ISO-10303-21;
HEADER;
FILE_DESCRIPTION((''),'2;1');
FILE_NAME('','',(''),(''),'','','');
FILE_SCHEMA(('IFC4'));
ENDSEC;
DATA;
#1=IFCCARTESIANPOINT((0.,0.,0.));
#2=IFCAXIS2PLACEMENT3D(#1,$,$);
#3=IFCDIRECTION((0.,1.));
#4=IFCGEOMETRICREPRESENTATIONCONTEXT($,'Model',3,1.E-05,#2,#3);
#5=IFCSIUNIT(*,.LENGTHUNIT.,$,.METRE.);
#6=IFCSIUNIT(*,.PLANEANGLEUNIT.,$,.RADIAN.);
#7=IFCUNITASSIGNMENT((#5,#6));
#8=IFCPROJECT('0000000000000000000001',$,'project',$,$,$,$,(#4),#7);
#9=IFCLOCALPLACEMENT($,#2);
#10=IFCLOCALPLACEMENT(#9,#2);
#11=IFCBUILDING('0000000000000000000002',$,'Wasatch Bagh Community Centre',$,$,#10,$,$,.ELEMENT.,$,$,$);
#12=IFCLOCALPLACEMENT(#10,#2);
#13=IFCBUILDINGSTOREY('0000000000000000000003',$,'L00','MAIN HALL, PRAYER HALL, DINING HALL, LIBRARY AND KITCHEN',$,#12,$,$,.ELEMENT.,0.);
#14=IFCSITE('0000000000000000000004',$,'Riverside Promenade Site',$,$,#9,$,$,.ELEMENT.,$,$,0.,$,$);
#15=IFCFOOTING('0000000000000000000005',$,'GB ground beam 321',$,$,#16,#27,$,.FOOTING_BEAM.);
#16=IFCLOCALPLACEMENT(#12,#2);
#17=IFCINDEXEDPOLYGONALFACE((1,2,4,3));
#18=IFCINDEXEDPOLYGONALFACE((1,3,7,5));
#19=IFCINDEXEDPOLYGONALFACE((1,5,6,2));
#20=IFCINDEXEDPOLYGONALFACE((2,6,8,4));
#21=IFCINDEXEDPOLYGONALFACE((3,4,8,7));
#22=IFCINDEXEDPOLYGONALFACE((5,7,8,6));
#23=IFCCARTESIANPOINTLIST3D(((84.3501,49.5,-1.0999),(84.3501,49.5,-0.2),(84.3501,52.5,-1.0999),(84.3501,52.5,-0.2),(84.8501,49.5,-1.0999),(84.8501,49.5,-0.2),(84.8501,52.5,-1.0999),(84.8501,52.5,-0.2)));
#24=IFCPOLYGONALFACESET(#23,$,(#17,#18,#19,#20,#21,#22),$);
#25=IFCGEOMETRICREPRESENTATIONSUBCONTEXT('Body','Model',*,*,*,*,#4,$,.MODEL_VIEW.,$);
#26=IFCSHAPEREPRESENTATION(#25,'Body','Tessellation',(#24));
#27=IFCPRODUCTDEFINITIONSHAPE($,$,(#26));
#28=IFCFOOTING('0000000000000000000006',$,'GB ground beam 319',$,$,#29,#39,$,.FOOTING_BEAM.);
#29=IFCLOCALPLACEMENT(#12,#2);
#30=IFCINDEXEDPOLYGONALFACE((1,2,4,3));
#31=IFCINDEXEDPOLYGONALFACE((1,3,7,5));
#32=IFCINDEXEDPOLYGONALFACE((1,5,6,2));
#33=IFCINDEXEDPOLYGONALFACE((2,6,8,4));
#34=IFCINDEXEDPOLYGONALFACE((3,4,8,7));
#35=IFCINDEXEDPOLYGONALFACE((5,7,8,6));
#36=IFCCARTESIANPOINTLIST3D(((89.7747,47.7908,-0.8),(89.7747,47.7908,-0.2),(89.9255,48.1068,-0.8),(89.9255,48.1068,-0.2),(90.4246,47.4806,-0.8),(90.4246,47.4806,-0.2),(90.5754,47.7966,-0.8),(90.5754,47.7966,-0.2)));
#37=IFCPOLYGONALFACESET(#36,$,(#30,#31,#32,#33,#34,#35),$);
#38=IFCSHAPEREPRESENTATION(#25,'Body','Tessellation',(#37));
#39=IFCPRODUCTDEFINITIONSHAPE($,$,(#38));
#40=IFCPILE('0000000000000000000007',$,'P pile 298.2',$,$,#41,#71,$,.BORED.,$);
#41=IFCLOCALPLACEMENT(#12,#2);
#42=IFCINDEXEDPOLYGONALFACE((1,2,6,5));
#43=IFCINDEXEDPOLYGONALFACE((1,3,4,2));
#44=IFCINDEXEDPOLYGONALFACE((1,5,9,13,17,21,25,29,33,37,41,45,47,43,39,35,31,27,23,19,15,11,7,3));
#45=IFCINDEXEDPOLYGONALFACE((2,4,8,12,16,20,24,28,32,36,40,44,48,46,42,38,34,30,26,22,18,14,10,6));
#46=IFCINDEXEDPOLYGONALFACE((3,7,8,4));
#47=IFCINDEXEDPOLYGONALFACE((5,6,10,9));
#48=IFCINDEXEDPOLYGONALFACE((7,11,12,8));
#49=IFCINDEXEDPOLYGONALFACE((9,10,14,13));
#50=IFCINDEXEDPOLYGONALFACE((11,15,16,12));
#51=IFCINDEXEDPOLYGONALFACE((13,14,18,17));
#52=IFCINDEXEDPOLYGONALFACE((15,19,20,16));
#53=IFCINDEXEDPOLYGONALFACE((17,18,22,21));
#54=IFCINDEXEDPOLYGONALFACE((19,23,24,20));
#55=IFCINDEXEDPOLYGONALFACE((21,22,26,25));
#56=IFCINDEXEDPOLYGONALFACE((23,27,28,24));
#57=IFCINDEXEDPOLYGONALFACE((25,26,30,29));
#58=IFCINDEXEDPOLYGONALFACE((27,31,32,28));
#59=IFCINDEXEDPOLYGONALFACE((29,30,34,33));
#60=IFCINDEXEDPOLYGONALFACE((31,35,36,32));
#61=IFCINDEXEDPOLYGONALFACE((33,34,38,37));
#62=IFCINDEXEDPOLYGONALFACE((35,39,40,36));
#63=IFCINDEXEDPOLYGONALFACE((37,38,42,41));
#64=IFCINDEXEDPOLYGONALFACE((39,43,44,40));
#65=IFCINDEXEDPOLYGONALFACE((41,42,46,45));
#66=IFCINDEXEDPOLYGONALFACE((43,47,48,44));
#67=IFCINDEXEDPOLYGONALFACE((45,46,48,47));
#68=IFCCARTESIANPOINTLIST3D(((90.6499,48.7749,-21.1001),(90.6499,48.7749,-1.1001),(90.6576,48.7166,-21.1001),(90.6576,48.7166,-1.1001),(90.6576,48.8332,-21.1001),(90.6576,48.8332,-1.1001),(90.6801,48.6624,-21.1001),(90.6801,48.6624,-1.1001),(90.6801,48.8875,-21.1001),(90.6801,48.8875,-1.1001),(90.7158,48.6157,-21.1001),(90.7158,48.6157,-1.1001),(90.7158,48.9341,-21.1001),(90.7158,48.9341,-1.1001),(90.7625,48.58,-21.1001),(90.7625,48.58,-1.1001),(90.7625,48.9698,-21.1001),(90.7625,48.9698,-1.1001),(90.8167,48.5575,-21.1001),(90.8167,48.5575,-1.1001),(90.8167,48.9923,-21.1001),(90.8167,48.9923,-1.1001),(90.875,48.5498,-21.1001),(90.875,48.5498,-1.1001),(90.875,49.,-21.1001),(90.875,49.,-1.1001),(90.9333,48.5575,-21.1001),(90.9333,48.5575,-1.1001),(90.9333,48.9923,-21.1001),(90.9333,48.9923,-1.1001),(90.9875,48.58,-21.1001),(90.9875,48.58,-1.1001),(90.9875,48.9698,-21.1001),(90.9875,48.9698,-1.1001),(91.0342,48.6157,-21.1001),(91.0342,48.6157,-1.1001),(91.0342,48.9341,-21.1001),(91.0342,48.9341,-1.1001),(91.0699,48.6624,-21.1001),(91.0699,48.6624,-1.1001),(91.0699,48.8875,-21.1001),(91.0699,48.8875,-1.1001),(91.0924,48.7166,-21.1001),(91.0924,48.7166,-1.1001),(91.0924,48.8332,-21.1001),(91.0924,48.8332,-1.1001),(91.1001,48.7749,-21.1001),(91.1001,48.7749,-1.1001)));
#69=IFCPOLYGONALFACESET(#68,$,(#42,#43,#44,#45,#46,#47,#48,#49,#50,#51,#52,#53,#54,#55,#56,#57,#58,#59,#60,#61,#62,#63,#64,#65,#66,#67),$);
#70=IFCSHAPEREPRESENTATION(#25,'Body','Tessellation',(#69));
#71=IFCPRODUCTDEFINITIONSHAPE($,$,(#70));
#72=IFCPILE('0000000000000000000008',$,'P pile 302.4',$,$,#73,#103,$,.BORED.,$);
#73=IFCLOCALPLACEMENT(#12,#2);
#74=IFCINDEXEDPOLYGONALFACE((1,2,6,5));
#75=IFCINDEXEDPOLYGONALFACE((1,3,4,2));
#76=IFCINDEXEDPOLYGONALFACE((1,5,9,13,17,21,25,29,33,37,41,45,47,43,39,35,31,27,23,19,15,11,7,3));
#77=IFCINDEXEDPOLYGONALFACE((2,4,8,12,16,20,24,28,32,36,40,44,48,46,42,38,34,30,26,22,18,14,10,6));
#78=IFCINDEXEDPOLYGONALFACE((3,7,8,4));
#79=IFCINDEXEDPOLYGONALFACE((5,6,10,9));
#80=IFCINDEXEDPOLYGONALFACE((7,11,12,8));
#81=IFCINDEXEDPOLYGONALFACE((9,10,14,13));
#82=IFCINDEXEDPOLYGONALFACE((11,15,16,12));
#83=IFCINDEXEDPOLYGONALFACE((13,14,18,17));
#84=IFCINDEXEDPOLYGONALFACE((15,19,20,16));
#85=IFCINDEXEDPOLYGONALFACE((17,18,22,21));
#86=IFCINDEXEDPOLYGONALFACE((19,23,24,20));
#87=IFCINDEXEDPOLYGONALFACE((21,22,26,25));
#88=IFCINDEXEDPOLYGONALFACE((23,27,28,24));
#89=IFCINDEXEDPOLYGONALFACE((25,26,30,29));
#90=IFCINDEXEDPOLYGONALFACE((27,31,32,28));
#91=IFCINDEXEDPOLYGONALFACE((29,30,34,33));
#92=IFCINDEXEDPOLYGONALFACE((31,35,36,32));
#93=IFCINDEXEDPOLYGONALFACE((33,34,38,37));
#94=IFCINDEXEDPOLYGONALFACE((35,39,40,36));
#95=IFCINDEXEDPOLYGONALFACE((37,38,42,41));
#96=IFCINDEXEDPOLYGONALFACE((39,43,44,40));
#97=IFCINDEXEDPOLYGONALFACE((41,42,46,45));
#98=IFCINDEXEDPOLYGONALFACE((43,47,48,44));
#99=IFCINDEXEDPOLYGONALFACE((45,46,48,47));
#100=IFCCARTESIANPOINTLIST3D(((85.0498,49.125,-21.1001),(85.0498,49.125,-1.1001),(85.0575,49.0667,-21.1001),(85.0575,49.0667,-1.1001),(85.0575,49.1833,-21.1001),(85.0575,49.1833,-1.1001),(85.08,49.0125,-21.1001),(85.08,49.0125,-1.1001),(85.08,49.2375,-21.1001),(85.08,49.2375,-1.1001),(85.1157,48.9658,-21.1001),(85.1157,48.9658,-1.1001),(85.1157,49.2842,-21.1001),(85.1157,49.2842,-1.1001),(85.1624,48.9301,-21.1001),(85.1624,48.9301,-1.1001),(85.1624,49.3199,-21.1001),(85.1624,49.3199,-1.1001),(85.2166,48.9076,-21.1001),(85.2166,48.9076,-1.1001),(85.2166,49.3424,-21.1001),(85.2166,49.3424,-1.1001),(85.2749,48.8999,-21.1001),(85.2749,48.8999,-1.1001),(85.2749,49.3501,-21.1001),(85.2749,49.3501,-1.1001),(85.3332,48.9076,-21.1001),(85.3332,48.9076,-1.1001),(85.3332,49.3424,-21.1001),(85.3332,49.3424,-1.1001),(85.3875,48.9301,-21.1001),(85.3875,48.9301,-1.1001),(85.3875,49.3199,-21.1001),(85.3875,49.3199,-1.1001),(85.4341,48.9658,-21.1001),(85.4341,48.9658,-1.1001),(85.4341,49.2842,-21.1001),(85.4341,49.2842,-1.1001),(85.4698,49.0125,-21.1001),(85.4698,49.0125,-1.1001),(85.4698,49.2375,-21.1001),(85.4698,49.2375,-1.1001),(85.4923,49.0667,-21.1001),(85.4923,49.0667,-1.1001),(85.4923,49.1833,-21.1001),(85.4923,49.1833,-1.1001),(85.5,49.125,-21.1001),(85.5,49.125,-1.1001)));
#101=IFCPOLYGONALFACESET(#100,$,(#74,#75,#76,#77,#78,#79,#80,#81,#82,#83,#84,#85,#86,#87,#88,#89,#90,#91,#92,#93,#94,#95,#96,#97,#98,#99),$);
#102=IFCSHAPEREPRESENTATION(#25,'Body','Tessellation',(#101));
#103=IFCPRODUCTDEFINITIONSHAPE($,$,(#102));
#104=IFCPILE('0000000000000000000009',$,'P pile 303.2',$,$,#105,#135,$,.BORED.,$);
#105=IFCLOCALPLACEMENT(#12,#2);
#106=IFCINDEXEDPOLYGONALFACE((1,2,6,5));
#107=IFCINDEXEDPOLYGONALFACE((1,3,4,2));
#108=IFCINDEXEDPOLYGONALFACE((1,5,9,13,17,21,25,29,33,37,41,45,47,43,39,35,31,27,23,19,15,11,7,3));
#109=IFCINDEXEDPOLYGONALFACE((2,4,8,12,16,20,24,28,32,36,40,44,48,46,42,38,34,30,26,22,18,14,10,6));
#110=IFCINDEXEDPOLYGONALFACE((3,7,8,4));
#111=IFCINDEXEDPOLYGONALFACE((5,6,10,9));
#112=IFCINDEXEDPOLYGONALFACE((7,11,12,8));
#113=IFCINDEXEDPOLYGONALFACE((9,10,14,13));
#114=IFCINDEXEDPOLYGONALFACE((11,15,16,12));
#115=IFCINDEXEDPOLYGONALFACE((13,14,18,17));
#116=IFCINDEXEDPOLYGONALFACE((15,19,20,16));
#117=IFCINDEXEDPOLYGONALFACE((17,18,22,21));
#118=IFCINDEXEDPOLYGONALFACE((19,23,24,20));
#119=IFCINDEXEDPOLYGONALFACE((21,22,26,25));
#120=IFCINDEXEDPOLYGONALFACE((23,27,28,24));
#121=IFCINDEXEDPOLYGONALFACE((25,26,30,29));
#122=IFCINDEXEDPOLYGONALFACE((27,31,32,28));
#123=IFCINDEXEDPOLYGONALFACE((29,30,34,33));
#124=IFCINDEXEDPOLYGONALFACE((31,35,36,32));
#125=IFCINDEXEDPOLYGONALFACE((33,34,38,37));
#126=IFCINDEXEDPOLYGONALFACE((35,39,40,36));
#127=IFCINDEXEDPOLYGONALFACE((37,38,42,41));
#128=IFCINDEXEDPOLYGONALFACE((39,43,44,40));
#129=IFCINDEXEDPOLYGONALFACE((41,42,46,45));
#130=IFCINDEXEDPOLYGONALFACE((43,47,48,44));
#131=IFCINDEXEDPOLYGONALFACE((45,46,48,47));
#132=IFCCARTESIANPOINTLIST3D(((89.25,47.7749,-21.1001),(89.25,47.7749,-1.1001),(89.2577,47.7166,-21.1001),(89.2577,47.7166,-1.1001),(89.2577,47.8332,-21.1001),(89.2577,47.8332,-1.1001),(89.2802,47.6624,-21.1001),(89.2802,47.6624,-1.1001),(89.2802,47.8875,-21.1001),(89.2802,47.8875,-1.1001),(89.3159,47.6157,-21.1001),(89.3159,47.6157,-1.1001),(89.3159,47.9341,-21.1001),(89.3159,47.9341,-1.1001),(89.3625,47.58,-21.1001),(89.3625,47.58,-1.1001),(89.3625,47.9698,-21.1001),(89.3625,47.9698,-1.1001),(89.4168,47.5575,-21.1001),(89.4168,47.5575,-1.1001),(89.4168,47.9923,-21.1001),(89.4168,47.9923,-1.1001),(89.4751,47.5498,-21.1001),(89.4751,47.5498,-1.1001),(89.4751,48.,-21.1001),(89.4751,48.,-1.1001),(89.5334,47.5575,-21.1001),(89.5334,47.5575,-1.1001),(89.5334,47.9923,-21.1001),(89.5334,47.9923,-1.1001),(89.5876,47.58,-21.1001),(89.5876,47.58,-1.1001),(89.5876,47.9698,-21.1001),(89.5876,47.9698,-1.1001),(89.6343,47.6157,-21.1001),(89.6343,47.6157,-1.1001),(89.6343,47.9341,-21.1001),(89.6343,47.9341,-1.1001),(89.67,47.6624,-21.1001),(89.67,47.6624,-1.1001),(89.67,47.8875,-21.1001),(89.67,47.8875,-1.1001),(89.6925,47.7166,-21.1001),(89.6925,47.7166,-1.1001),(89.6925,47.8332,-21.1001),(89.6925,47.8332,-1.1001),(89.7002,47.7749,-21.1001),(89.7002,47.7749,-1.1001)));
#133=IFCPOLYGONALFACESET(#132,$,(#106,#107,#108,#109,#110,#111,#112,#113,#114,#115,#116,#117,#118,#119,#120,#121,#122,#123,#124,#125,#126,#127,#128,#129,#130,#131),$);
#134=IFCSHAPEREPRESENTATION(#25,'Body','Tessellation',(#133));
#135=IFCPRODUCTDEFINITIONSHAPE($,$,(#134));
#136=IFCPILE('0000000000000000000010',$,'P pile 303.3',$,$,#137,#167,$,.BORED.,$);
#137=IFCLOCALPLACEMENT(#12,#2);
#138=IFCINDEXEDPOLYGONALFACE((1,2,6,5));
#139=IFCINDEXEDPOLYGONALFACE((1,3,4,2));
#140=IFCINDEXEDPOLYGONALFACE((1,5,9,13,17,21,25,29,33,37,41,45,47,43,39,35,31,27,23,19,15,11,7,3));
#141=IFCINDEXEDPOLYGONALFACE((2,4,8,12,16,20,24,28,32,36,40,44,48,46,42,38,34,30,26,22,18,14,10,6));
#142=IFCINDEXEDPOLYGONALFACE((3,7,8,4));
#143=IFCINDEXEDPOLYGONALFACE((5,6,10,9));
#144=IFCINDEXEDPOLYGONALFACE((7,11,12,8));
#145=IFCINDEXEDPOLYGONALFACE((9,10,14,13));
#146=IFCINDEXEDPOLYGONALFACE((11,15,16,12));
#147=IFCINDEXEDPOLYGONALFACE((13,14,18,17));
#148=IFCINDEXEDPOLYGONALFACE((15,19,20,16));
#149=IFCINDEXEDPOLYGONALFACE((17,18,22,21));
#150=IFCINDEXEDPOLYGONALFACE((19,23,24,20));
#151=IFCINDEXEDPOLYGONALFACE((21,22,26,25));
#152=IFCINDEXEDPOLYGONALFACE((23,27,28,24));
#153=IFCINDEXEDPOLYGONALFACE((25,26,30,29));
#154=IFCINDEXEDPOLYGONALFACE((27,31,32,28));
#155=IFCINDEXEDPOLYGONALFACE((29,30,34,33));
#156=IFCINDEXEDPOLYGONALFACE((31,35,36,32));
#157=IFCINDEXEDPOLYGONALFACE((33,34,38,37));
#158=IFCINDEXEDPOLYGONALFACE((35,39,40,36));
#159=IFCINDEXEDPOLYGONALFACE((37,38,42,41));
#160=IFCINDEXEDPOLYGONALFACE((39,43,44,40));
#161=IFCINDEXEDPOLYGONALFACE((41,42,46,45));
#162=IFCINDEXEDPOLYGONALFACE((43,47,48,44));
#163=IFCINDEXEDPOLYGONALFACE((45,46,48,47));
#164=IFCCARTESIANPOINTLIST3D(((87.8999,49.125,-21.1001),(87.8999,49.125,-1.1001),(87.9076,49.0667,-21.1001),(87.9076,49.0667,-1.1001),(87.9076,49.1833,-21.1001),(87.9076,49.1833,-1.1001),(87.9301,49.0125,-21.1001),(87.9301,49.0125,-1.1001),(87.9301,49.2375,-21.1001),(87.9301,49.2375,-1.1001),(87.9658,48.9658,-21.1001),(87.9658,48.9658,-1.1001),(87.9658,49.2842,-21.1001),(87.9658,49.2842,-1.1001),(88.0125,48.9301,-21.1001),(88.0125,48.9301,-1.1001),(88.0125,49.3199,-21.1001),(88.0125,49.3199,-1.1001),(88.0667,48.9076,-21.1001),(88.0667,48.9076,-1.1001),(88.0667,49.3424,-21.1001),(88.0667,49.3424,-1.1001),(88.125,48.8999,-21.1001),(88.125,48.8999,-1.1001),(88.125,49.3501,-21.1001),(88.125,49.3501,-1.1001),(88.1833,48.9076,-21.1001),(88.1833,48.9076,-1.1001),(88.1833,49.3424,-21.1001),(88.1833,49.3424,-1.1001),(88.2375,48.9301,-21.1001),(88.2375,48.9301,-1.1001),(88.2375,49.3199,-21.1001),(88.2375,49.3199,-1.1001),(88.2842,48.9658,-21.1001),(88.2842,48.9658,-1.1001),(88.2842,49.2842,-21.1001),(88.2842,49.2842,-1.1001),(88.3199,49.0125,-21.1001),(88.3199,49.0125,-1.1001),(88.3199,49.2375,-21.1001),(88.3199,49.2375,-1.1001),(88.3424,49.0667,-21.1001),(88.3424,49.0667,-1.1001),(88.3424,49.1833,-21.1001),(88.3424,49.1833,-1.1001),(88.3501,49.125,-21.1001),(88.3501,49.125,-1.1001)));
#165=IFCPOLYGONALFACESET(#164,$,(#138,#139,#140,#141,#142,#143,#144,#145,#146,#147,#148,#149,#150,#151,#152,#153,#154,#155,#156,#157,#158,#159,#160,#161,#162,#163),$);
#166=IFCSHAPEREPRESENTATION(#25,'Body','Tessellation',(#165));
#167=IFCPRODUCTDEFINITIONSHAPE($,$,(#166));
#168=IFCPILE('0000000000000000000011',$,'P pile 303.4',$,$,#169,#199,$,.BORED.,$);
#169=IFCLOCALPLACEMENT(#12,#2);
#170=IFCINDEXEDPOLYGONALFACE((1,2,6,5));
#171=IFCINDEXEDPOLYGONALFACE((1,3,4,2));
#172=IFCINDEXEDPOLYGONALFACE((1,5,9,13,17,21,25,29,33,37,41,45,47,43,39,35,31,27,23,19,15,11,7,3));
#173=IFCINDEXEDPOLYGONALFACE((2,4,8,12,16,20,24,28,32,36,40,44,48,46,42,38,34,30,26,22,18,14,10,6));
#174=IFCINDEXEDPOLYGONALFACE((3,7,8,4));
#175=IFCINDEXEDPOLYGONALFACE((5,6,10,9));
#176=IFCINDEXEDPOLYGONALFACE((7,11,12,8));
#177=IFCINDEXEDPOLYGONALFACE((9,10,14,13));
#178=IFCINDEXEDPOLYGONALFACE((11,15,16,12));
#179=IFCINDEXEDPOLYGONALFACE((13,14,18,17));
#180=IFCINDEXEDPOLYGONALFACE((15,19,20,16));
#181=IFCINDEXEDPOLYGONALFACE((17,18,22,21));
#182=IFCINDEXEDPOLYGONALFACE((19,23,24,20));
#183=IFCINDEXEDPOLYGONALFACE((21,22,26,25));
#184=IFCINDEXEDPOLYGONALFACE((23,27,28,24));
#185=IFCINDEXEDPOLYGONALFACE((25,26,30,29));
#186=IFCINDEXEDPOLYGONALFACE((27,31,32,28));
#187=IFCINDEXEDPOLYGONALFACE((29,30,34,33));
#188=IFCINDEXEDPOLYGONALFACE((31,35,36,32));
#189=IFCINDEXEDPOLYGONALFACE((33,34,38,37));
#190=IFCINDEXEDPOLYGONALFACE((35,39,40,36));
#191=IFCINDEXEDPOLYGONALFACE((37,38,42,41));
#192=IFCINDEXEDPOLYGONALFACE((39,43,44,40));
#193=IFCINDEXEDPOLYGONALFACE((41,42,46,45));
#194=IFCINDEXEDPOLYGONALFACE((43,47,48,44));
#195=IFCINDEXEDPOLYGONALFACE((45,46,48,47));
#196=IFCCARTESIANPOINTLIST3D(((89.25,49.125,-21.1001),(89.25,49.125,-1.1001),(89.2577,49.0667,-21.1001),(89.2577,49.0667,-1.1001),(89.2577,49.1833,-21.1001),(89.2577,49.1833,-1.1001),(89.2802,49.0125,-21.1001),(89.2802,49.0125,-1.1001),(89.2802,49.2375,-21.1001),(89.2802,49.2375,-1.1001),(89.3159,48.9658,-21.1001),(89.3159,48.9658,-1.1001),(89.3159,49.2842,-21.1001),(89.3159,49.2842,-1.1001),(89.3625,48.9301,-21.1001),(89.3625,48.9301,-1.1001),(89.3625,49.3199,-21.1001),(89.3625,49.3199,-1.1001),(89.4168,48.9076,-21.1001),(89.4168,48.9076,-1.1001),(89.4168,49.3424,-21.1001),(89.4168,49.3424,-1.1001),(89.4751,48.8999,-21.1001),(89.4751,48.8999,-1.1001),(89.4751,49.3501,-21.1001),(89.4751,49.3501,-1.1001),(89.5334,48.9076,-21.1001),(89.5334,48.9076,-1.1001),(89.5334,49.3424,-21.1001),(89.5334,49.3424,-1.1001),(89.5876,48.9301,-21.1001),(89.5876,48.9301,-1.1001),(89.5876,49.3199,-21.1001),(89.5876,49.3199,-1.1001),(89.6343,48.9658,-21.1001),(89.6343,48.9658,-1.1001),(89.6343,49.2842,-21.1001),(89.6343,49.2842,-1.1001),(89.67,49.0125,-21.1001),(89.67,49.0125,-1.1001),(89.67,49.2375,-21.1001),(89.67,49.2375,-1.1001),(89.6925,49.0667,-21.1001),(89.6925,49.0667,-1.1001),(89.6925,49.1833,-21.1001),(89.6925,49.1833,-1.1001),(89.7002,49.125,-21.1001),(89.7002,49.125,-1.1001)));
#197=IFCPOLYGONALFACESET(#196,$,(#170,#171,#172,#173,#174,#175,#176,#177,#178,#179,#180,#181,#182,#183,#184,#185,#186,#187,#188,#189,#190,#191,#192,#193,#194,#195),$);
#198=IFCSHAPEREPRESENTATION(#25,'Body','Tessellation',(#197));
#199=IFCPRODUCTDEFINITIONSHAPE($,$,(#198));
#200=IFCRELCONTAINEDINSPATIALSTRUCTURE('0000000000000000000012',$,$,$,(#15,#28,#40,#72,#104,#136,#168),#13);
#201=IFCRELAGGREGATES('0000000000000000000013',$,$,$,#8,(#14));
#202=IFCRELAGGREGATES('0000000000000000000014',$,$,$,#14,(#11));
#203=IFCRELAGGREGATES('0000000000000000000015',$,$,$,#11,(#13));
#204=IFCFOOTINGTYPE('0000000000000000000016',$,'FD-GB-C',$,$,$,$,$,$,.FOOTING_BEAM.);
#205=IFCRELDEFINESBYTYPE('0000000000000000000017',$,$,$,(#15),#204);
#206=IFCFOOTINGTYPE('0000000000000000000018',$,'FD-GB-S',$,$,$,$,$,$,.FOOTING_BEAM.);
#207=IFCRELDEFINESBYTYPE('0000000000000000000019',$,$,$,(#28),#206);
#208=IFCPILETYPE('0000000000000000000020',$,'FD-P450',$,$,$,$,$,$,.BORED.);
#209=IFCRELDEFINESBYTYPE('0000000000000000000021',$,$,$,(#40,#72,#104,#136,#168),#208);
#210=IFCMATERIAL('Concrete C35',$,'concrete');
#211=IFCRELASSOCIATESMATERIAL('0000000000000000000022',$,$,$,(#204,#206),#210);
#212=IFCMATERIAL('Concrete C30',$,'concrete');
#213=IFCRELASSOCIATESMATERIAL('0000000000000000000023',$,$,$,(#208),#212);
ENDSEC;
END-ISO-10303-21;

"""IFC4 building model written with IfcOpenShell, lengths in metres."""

from ifc_helpers import new_model, si_unit, direction, frame, origin, origin_2d, place, context, subcontext, project, spatial, rectangle, circle, extrude, material, material_profile, profile_set, type_object, element, save


model = new_model("IFC4")

# Units and contexts
model_context = context("Model", 3, precision=1e-05, world=origin(), true_north=direction((0.0, 1.0)))
body_context = subcontext(model_context, "Body", "Model", "MODEL_VIEW")
ifc_project = project(units=[si_unit("LENGTHUNIT", "METRE"), si_unit("PLANEANGLEUNIT", "RADIAN")], contexts=[model_context])

# Site, building, storey
site_placement = place(None, origin())
site = spatial("IfcSite", under=ifc_project, at=site_placement, Name="Riverside Promenade Site", CompositionType="ELEMENT", RefElevation=0.0)
building_placement = place(site_placement, origin())
building = spatial("IfcBuilding", under=site, at=building_placement, Name="Wasatch Bagh Community Centre", CompositionType="ELEMENT")
storey_placement = place(building_placement, origin())
storey = spatial("IfcBuildingStorey", under=building, at=storey_placement, Name="L00", Description="MAIN HALL, PRAYER HALL, DINING HALL, LIBRARY AND KITCHEN", CompositionType="ELEMENT", Elevation=0.0)

# Footings
ifc_material_1 = material(Name="Concrete C35", Category="concrete")
footing_type_1 = type_object("IfcFootingType", Name="FD-GB-C", PredefinedType="FOOTING_BEAM", material=ifc_material_1)
footing_1_placement = place(storey_placement, frame((84.6001, 51.0, -1.0999), z_axis=(0.0, 0.0, 1.0), x_axis=(0.0, 1.0, 0.0)))
element("IfcFooting", 1, at=footing_1_placement, inside=storey, type_object=footing_type_1, Name="GB ground beam 321", PredefinedType="FOOTING_BEAM", context=body_context, shape_type="SweptSolid", body=[
    extrude(rectangle(XDim=3.0, YDim=0.5, at=origin_2d()), origin(), (0.0, 0.0, 1.0), 0.8999),
])
footing_type_2 = type_object("IfcFootingType", Name="FD-GB-S", PredefinedType="FOOTING_BEAM", material=ifc_material_1)
footing_2_placement = place(storey_placement, frame((90.175, 47.7937, -0.8), z_axis=(0.0, 0.0, 1.0), x_axis=(0.902481, -0.43073, 0.0)))
element("IfcFooting", 2, at=footing_2_placement, inside=storey, type_object=footing_type_2, Name="GB ground beam 319", PredefinedType="FOOTING_BEAM", context=body_context, shape_type="SweptSolid", body=[
    extrude(rectangle(XDim=0.7202, YDim=0.3501, at=origin_2d()), origin(), (0.0, 0.0, 1.0), 0.6001),
])

# Piles
ifc_material_2 = material(Name="Concrete C30", Category="concrete")
ifc_material_profile_1 = material_profile(ifc_material_2, circle(Radius=0.2251, at=origin_2d()), Name="RC D450")
ifc_profile_set_1 = profile_set([ifc_material_profile_1], Name="Concrete C30")
pile_type = type_object("IfcPileType", Name="FD-P450", PredefinedType="BORED", material=ifc_profile_set_1)
for number, where, z_axis, x_axis, name in (
    (3, (90.875, 48.7749, -1.1001), (0.0, 0.0, -1.0), (1.0, 0.0, 0.0), "P pile 298.2"),
    (4, (85.2749, 49.125, -1.1001), (0.0, 0.0, -1.0), (1.0, 0.0, 0.0), "P pile 302.4"),
    (5, (89.4751, 47.7749, -1.1001), (0.0, 0.0, -1.0), (1.0, 0.0, 0.0), "P pile 303.2"),
    (6, (88.125, 49.125, -1.1001), (0.0, 0.0, -1.0), (1.0, 0.0, 0.0), "P pile 303.3"),
    (7, (89.4751, 49.125, -1.1001), (0.0, 0.0, -1.0), (1.0, 0.0, 0.0), "P pile 303.4"),
):
    element("IfcPile", number, at=place(storey_placement, frame(where, z_axis=z_axis, x_axis=x_axis)), inside=storey, type_object=pile_type, Name=name, PredefinedType="BORED", context=body_context, shape_type="SweptSolid", body=[
        extrude(circle(Radius=0.2251, at=origin_2d()), origin(), (0.0, 0.0, 1.0), 20.0),
    ])

save(model, "model.ifc")
